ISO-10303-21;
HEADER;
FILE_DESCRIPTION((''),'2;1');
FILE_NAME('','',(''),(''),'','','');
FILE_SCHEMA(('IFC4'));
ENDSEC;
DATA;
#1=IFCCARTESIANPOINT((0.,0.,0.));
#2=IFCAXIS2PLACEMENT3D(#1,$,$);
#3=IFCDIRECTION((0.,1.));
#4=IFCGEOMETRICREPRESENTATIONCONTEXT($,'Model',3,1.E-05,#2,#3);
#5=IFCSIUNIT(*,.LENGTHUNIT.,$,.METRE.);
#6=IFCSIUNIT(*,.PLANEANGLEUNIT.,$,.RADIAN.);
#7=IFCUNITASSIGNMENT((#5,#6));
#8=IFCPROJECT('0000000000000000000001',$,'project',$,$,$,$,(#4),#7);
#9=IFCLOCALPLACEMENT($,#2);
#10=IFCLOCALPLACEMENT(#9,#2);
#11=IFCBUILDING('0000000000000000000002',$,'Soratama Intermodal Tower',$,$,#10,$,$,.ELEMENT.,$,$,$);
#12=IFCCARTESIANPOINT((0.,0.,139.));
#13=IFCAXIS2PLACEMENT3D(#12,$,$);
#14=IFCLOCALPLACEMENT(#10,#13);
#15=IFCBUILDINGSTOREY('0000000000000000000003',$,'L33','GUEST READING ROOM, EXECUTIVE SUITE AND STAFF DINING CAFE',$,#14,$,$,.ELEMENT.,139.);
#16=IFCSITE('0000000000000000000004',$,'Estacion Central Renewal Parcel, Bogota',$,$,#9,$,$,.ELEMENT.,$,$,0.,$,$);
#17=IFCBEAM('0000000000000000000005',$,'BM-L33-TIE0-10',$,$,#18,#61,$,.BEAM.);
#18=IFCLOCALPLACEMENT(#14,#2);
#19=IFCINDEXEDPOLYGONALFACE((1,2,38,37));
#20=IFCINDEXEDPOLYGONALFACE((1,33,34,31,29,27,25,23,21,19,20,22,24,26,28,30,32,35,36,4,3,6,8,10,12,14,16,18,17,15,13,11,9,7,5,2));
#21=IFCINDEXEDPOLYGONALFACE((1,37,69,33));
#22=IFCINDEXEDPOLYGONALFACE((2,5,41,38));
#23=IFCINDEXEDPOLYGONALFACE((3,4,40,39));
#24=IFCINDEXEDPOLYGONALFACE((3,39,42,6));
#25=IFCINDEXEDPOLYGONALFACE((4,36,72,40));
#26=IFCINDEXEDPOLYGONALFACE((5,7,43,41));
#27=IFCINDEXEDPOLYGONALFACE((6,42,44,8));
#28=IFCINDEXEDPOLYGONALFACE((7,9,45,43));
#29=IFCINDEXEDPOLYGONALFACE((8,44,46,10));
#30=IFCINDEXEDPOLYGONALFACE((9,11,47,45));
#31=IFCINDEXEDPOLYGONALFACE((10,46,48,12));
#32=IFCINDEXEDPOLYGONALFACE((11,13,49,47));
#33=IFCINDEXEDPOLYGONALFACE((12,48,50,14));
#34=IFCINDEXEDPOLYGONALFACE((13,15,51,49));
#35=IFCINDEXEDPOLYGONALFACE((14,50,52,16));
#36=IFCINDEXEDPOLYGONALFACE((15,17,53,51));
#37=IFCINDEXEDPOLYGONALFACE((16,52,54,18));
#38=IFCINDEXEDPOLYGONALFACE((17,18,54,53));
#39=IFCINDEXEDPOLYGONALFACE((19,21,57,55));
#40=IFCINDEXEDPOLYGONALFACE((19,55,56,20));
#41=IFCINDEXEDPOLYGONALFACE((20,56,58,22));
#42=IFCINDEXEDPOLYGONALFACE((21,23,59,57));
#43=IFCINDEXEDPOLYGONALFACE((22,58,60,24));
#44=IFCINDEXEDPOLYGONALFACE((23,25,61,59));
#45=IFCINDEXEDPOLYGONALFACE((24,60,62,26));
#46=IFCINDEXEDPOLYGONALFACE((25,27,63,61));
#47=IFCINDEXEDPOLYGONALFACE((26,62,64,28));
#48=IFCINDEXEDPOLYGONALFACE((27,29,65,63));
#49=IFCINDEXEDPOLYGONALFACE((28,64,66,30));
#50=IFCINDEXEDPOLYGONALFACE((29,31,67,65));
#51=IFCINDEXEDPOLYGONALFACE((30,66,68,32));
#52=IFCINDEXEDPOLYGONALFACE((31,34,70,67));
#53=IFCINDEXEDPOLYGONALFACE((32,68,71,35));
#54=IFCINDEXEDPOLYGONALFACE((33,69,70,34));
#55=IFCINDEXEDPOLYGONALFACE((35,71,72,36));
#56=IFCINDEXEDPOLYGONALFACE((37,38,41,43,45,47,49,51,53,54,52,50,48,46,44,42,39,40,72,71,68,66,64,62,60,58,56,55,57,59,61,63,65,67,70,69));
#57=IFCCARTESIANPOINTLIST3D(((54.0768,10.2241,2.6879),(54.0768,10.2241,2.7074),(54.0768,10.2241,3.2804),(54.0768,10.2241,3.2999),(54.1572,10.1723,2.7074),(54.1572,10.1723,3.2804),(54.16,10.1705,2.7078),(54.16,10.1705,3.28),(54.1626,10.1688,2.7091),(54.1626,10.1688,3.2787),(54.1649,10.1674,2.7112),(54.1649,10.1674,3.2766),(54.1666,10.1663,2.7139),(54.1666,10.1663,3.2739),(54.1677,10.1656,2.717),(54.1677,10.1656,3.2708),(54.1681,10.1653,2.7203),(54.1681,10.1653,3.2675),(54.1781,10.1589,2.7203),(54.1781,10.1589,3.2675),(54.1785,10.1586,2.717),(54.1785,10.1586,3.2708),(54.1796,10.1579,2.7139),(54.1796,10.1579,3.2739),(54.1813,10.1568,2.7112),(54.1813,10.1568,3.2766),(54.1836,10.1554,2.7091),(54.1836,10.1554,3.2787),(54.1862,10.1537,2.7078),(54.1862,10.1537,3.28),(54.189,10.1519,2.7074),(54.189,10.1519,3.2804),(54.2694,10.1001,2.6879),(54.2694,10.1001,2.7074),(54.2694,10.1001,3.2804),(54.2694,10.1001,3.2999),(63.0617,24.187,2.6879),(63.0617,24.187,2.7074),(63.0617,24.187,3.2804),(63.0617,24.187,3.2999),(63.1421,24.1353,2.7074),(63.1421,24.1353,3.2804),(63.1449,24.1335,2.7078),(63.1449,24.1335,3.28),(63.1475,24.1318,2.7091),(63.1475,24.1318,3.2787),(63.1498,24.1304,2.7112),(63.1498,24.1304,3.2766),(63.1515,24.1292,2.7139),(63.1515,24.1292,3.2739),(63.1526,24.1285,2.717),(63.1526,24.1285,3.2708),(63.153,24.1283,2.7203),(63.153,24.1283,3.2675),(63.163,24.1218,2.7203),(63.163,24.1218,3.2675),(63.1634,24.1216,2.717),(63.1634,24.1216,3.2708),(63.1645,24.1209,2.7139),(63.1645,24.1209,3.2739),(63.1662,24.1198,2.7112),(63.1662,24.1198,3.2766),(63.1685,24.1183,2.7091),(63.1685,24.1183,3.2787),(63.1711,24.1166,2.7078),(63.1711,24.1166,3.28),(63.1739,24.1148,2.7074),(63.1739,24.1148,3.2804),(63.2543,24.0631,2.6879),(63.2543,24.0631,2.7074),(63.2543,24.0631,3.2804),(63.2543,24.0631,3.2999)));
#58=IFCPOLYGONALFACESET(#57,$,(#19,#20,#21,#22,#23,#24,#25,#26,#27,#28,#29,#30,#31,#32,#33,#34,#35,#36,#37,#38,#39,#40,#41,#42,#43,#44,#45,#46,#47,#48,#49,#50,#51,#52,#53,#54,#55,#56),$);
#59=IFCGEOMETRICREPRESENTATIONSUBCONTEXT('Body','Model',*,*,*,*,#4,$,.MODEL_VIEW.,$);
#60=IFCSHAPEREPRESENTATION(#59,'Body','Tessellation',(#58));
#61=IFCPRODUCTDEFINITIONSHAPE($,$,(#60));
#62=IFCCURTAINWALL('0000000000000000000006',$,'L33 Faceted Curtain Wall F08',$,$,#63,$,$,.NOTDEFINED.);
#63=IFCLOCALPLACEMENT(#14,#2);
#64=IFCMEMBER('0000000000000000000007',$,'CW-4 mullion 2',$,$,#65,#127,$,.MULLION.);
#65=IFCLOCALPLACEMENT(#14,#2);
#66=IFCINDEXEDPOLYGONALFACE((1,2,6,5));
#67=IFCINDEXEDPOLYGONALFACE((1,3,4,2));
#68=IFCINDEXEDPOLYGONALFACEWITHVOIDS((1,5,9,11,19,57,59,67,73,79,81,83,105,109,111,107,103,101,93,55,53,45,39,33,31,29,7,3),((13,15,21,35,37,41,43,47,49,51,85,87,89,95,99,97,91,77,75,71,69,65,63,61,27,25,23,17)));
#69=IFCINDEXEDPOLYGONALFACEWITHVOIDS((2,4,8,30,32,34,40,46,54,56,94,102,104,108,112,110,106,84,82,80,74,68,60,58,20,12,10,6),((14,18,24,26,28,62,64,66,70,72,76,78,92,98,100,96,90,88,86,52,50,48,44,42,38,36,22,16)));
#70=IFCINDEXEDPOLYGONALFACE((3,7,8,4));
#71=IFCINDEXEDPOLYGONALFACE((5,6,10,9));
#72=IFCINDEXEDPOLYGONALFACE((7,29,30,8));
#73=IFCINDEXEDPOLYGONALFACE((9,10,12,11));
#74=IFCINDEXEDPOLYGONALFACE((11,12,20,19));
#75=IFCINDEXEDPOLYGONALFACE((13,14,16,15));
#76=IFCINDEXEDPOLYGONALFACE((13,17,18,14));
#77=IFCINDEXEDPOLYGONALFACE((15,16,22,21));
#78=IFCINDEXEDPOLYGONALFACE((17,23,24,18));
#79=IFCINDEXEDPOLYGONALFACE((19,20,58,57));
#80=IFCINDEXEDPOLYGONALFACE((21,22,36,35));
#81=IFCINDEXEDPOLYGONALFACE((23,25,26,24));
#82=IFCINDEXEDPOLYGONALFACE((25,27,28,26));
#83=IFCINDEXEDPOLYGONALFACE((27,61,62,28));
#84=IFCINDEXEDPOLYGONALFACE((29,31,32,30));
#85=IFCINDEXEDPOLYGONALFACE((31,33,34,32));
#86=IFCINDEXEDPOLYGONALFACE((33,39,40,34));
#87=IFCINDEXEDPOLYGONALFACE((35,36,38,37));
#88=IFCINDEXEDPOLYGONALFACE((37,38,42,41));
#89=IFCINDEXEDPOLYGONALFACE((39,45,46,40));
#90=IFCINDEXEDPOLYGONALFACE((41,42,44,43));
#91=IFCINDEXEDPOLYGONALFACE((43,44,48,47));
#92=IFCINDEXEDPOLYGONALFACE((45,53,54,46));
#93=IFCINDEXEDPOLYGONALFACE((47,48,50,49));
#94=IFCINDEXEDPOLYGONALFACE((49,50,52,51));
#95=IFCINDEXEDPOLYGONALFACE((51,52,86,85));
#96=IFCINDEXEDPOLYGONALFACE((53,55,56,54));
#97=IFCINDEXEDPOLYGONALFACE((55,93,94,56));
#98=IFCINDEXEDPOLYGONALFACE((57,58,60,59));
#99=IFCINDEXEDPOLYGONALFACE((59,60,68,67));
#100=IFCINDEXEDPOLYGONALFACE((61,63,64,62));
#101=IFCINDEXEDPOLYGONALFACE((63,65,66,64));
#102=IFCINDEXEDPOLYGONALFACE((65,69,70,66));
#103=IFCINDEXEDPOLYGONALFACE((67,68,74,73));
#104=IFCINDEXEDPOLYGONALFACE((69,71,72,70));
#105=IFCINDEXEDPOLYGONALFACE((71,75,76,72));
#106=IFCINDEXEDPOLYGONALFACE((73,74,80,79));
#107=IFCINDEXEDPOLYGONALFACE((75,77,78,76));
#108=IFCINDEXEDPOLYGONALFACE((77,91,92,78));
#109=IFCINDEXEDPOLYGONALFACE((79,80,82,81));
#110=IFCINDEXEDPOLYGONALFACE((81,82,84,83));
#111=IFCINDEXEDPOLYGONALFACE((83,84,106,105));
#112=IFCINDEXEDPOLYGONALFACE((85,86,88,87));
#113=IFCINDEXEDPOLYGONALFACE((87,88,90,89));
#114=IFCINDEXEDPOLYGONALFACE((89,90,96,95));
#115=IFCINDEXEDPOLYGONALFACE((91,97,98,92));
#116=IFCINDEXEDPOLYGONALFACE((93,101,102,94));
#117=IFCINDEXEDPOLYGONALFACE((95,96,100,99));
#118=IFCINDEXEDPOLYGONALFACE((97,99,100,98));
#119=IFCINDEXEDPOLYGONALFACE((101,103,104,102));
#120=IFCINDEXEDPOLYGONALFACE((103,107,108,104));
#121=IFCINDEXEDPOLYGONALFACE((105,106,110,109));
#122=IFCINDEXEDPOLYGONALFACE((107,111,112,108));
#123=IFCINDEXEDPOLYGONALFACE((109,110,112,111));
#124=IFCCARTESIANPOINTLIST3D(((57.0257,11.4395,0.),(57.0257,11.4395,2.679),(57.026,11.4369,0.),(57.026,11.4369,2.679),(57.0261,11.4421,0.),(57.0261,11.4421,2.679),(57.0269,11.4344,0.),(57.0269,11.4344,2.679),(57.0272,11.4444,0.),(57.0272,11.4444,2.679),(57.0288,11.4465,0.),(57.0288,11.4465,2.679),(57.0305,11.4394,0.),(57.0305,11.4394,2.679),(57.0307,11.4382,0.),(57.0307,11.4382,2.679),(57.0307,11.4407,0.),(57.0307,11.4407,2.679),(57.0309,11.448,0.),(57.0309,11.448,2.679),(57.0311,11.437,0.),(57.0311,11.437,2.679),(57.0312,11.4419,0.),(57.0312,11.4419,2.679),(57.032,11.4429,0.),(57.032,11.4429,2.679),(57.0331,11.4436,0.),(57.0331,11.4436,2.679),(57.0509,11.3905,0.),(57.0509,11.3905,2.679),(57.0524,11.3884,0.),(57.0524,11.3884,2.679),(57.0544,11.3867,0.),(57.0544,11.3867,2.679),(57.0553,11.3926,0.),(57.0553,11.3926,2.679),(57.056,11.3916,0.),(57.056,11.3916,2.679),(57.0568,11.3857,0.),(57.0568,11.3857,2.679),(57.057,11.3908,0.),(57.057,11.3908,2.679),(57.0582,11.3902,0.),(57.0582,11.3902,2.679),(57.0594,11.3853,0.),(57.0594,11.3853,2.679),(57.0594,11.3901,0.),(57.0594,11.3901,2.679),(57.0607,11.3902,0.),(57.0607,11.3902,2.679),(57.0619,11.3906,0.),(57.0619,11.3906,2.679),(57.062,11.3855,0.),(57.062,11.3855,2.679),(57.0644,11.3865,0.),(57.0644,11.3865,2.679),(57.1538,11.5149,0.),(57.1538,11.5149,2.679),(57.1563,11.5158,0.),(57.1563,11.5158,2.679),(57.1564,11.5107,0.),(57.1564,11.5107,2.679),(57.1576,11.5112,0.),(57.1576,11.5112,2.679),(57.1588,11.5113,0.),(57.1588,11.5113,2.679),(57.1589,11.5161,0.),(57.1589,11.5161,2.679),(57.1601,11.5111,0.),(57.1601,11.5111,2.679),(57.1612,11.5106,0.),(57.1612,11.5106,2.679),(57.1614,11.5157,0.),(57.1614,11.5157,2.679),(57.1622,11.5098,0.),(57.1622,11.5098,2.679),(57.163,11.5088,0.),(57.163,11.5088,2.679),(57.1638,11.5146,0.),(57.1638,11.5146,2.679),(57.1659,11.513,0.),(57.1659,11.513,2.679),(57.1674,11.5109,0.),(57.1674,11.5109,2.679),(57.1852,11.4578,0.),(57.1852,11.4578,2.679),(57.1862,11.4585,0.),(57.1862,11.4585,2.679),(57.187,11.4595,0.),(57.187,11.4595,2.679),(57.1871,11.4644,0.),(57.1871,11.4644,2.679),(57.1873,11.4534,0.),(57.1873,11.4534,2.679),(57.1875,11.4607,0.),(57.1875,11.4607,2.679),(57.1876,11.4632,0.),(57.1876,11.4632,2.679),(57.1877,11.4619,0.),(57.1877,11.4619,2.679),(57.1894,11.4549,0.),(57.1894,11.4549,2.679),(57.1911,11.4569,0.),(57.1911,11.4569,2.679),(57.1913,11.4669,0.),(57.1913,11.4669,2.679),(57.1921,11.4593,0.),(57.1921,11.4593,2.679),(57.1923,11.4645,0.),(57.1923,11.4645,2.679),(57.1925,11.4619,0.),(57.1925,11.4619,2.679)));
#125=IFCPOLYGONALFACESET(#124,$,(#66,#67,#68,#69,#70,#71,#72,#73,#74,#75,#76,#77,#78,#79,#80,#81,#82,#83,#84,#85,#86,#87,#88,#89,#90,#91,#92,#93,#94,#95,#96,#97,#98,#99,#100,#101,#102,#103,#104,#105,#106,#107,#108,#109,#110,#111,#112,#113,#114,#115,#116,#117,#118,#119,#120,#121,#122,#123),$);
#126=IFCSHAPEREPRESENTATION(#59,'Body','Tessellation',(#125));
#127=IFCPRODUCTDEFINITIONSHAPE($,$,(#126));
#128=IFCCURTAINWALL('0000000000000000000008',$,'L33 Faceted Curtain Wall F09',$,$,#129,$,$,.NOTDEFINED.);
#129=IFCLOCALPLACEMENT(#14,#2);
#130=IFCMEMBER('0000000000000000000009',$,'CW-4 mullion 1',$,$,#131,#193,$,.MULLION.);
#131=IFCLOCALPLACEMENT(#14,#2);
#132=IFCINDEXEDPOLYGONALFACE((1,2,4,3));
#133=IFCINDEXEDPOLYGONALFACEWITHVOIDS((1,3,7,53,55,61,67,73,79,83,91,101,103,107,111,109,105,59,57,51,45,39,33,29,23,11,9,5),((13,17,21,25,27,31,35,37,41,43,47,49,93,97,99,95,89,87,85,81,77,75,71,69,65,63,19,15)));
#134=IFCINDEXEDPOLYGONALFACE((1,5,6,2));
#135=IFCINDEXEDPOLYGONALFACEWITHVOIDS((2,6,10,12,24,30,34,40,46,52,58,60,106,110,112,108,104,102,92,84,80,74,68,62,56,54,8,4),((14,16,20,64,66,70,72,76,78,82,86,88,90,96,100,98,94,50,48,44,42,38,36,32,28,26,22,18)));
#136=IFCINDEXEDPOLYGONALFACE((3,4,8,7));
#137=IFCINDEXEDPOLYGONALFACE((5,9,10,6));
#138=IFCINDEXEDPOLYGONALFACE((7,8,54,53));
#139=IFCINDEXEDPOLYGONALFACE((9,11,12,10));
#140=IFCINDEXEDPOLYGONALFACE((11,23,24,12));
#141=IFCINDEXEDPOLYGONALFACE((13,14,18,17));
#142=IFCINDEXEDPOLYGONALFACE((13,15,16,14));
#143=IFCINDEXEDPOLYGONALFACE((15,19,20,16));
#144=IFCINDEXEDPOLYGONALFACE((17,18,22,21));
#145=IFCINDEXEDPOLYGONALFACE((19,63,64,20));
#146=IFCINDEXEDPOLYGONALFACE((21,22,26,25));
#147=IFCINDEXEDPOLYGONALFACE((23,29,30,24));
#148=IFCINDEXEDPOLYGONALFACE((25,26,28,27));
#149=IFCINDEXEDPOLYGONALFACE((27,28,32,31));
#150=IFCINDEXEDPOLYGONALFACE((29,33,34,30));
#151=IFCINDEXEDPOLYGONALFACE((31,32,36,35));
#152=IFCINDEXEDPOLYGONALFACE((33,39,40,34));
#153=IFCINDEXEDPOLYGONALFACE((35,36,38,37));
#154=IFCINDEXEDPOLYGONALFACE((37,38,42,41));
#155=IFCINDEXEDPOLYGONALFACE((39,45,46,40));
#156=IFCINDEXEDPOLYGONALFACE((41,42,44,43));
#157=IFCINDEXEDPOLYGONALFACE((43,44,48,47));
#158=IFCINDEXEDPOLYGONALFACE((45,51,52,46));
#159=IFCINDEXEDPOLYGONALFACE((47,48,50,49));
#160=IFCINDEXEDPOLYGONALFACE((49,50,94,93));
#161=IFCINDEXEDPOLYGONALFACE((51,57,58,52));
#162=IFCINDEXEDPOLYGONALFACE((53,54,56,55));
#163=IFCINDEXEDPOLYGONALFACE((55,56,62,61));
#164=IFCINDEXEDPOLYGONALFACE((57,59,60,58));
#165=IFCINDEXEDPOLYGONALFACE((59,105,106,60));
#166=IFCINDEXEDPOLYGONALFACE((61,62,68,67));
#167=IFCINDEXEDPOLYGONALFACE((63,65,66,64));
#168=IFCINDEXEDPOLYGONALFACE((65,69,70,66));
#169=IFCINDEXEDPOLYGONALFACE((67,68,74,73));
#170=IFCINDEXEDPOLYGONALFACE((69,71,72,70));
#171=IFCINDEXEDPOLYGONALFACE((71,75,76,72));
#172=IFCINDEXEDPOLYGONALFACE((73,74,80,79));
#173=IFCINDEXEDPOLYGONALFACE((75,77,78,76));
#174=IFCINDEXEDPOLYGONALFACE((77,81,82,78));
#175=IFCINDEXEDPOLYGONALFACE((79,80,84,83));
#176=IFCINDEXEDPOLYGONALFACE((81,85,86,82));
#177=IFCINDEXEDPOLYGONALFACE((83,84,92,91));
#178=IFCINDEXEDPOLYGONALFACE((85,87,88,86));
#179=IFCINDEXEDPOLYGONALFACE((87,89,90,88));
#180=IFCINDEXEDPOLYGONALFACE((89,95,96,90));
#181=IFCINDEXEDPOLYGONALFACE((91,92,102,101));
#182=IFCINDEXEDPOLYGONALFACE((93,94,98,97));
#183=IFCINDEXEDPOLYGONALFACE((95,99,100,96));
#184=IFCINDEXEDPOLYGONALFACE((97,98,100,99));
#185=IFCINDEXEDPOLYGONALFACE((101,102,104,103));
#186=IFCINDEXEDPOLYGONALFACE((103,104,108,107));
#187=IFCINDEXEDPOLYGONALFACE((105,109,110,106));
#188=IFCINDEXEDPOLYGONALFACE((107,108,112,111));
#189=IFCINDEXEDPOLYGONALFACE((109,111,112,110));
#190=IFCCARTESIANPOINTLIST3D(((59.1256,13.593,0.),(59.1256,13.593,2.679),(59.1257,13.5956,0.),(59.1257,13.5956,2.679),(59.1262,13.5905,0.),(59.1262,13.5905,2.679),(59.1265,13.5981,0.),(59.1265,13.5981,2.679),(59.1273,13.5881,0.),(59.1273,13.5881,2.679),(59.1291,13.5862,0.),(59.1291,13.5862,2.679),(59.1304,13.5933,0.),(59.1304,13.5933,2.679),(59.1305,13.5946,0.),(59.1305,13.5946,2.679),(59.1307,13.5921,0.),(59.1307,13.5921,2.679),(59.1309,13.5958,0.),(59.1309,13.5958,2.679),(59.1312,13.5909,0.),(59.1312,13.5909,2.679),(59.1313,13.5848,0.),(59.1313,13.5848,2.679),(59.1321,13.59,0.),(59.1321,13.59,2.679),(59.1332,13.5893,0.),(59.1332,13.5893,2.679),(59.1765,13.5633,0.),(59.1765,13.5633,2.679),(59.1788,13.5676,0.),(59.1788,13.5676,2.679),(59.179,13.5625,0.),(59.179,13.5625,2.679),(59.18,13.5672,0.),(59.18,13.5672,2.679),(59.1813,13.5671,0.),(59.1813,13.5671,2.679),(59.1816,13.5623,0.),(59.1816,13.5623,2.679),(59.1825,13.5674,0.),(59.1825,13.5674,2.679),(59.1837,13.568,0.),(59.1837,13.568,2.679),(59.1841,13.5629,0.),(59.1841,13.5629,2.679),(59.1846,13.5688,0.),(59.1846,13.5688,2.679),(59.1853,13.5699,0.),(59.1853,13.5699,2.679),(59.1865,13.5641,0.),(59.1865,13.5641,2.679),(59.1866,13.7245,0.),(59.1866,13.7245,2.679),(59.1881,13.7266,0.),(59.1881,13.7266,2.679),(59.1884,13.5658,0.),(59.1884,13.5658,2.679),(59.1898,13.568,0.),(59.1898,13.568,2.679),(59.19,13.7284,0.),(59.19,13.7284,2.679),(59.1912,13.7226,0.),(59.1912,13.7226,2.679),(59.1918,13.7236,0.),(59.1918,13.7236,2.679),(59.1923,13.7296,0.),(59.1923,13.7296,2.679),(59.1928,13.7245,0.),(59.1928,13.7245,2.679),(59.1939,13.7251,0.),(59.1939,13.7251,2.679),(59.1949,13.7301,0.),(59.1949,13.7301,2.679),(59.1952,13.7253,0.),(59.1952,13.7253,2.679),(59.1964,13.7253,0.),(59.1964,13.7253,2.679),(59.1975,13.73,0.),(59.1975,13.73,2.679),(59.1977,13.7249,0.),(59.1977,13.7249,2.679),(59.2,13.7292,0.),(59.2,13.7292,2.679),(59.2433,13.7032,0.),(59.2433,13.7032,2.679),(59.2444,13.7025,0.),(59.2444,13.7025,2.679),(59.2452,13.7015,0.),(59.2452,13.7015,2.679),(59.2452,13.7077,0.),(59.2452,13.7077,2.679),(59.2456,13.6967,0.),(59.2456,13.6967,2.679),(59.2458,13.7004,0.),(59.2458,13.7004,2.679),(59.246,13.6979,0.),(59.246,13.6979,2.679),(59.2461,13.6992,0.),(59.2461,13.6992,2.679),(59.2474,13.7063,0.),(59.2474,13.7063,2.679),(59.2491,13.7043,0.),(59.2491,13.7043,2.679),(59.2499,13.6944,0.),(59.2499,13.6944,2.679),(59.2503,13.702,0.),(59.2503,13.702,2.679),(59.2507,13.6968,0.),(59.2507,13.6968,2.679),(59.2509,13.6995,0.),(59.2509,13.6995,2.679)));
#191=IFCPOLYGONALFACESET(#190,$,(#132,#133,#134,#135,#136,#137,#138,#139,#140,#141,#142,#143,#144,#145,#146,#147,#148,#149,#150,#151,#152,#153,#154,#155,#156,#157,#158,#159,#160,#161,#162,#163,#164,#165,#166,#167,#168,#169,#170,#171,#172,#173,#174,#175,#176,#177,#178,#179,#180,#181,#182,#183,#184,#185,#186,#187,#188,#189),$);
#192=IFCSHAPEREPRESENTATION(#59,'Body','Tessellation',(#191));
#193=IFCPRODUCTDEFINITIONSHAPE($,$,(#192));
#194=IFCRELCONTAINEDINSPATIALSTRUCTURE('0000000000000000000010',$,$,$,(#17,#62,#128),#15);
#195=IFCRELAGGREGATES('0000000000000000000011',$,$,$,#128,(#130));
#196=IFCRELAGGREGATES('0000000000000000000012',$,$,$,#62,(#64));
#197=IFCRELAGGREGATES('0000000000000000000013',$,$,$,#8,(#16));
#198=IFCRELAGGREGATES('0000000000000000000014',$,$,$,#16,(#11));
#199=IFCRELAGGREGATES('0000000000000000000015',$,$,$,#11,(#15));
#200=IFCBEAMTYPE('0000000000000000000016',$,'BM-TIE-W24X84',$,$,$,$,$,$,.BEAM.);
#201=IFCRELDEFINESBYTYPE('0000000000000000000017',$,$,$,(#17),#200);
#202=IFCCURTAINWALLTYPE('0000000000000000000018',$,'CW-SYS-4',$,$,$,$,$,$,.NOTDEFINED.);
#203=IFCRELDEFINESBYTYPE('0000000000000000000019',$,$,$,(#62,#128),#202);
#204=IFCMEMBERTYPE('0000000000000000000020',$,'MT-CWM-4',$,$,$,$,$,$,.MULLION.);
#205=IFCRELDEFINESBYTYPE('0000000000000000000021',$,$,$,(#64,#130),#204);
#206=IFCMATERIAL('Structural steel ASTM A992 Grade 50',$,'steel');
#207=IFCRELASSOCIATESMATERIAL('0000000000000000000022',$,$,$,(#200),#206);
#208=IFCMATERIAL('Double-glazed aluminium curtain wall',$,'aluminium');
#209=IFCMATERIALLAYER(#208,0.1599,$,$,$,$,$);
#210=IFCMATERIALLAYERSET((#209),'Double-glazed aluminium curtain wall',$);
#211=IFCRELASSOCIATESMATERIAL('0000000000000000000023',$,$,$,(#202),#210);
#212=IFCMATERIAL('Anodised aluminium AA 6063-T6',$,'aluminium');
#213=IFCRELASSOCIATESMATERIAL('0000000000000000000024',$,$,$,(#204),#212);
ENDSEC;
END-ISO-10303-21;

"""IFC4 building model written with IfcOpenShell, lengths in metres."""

from ifc_helpers import new_model, si_unit, direction, frame, origin, origin_2d, place, context, subcontext, project, spatial, hollow_rectangle, i_section, extrude, material, layer, layer_set, material_profile, profile_set, type_object, element, aggregate, save


model = new_model("IFC4")

# Units and contexts
model_context = context("Model", 3, precision=1e-05, world=origin(), true_north=direction((0.0, 1.0)))
body_context = subcontext(model_context, "Body", "Model", "MODEL_VIEW")
ifc_project = project(units=[si_unit("LENGTHUNIT", "METRE"), si_unit("PLANEANGLEUNIT", "RADIAN")], contexts=[model_context])

# Site, building, storey
site_placement = place(None, origin())
site = spatial("IfcSite", under=ifc_project, at=site_placement, Name="Estacion Central Renewal Parcel, Bogota", CompositionType="ELEMENT", RefElevation=0.0)
building_placement = place(site_placement, origin())
building = spatial("IfcBuilding", under=site, at=building_placement, Name="Soratama Intermodal Tower", CompositionType="ELEMENT")
storey_placement = place(building_placement, frame((0.0, 0.0, 139.0)))
storey = spatial("IfcBuildingStorey", under=building, at=storey_placement, Name="L33", Description="GUEST READING ROOM, EXECUTIVE SUITE AND STAFF DINING CAFE", CompositionType="ELEMENT", Elevation=139.0)

# Beam
ifc_material_1 = material(Name="Structural steel ASTM A992 Grade 50", Category="steel")
ifc_material_profile_1 = material_profile(ifc_material_1, i_section(OverallWidth=0.229, OverallDepth=0.6121, WebThickness=0.012, FlangeThickness=0.0195, FilletRadius=0.0129, at=origin_2d()), Name="W24X84")
ifc_profile_set_1 = profile_set([ifc_material_profile_1], Name="Structural steel ASTM A992 Grade 50")
beam_type_1 = type_object("IfcBeamType", Name="BM-TIE-W24X84", PredefinedType="BEAM", material=ifc_profile_set_1)
beam_1_placement = place(storey_placement, frame((54.1731, 10.1621, 2.9939), z_axis=(0.541129, 0.84094, 0.0), x_axis=(-0.84094, 0.541129, 0.0)))
element("IfcBeam", 1, at=beam_1_placement, inside=storey, type_object=beam_type_1, Name="BM-L33-TIE0-10", PredefinedType="BEAM", context=body_context, shape_type="SweptSolid", body=[
    extrude(i_section(OverallWidth=0.229, OverallDepth=0.6121, WebThickness=0.012, FlangeThickness=0.0195, FilletRadius=0.0129, at=origin_2d()), origin(), (0.0, 0.0, 1.0), 16.604),
])

# Curtain wall, member
ifc_material_2 = material(Name="Double-glazed aluminium curtain wall", Category="aluminium")
ifc_layer_1 = layer(ifc_material_2, 0.1599)
ifc_layer_set_1 = layer_set([ifc_layer_1], Name="Double-glazed aluminium curtain wall")
curtain_wall_type = type_object("IfcCurtainWallType", Name="CW-SYS-4", PredefinedType="NOTDEFINED", material=ifc_layer_set_1)
curtain_wall_1_placement = place(storey_placement, origin())
curtain_wall_1 = element("IfcCurtainWall", 2, at=curtain_wall_1_placement, inside=storey, type_object=curtain_wall_type, Name="L33 Faceted Curtain Wall F08", PredefinedType="NOTDEFINED")
ifc_material_3 = material(Name="Anodised aluminium AA 6063-T6", Category="aluminium")
ifc_material_profile_2 = material_profile(ifc_material_3, hollow_rectangle(XDim=0.0701, YDim=0.1599, WallThickness=0.0049, InnerFilletRadius=0.0049, OuterFilletRadius=0.01, at=origin_2d()), Name="CWM160X70X5")
ifc_profile_set_2 = profile_set([ifc_material_profile_2], Name="Anodised aluminium AA 6063-T6")
member_type_1 = type_object("IfcMemberType", Name="MT-CWM-4", PredefinedType="MULLION", material=ifc_profile_set_2)
member_1_placement = place(storey_placement, frame((57.1091, 11.4507, 0.0), z_axis=(0.0, 0.0, 1.0), x_axis=(-0.478083, 0.878315, 0.0)))
member_1 = element("IfcMember", 3, at=member_1_placement, type_object=member_type_1, Name="CW-4 mullion 2", PredefinedType="MULLION", context=body_context, shape_type="SweptSolid", body=[
    extrude(hollow_rectangle(XDim=0.0701, YDim=0.1599, WallThickness=0.0049, InnerFilletRadius=0.0049, OuterFilletRadius=0.01, at=origin_2d()), origin(), (0.0, 0.0, 1.0), 2.679),
])

# Curtain wall, member
curtain_wall_2_placement = place(storey_placement, origin())
curtain_wall_2 = element("IfcCurtainWall", 4, at=curtain_wall_2_placement, inside=storey, type_object=curtain_wall_type, Name="L33 Faceted Curtain Wall F09", PredefinedType="NOTDEFINED")
member_2_placement = place(storey_placement, frame((59.1882, 13.6462, 0.0), z_axis=(0.0, 0.0, 1.0), x_axis=(-0.903037, 0.429563, 0.0)))
member_2 = element("IfcMember", 5, at=member_2_placement, type_object=member_type_1, Name="CW-4 mullion 1", PredefinedType="MULLION", context=body_context, shape_type="SweptSolid", body=[
    extrude(hollow_rectangle(XDim=0.0701, YDim=0.1599, WallThickness=0.0049, InnerFilletRadius=0.0049, OuterFilletRadius=0.01, at=origin_2d()), origin(), (0.0, 0.0, 1.0), 2.679),
])
aggregate(curtain_wall_2, [member_2])

aggregate(curtain_wall_1, [member_1])

save(model, "model.ifc")
